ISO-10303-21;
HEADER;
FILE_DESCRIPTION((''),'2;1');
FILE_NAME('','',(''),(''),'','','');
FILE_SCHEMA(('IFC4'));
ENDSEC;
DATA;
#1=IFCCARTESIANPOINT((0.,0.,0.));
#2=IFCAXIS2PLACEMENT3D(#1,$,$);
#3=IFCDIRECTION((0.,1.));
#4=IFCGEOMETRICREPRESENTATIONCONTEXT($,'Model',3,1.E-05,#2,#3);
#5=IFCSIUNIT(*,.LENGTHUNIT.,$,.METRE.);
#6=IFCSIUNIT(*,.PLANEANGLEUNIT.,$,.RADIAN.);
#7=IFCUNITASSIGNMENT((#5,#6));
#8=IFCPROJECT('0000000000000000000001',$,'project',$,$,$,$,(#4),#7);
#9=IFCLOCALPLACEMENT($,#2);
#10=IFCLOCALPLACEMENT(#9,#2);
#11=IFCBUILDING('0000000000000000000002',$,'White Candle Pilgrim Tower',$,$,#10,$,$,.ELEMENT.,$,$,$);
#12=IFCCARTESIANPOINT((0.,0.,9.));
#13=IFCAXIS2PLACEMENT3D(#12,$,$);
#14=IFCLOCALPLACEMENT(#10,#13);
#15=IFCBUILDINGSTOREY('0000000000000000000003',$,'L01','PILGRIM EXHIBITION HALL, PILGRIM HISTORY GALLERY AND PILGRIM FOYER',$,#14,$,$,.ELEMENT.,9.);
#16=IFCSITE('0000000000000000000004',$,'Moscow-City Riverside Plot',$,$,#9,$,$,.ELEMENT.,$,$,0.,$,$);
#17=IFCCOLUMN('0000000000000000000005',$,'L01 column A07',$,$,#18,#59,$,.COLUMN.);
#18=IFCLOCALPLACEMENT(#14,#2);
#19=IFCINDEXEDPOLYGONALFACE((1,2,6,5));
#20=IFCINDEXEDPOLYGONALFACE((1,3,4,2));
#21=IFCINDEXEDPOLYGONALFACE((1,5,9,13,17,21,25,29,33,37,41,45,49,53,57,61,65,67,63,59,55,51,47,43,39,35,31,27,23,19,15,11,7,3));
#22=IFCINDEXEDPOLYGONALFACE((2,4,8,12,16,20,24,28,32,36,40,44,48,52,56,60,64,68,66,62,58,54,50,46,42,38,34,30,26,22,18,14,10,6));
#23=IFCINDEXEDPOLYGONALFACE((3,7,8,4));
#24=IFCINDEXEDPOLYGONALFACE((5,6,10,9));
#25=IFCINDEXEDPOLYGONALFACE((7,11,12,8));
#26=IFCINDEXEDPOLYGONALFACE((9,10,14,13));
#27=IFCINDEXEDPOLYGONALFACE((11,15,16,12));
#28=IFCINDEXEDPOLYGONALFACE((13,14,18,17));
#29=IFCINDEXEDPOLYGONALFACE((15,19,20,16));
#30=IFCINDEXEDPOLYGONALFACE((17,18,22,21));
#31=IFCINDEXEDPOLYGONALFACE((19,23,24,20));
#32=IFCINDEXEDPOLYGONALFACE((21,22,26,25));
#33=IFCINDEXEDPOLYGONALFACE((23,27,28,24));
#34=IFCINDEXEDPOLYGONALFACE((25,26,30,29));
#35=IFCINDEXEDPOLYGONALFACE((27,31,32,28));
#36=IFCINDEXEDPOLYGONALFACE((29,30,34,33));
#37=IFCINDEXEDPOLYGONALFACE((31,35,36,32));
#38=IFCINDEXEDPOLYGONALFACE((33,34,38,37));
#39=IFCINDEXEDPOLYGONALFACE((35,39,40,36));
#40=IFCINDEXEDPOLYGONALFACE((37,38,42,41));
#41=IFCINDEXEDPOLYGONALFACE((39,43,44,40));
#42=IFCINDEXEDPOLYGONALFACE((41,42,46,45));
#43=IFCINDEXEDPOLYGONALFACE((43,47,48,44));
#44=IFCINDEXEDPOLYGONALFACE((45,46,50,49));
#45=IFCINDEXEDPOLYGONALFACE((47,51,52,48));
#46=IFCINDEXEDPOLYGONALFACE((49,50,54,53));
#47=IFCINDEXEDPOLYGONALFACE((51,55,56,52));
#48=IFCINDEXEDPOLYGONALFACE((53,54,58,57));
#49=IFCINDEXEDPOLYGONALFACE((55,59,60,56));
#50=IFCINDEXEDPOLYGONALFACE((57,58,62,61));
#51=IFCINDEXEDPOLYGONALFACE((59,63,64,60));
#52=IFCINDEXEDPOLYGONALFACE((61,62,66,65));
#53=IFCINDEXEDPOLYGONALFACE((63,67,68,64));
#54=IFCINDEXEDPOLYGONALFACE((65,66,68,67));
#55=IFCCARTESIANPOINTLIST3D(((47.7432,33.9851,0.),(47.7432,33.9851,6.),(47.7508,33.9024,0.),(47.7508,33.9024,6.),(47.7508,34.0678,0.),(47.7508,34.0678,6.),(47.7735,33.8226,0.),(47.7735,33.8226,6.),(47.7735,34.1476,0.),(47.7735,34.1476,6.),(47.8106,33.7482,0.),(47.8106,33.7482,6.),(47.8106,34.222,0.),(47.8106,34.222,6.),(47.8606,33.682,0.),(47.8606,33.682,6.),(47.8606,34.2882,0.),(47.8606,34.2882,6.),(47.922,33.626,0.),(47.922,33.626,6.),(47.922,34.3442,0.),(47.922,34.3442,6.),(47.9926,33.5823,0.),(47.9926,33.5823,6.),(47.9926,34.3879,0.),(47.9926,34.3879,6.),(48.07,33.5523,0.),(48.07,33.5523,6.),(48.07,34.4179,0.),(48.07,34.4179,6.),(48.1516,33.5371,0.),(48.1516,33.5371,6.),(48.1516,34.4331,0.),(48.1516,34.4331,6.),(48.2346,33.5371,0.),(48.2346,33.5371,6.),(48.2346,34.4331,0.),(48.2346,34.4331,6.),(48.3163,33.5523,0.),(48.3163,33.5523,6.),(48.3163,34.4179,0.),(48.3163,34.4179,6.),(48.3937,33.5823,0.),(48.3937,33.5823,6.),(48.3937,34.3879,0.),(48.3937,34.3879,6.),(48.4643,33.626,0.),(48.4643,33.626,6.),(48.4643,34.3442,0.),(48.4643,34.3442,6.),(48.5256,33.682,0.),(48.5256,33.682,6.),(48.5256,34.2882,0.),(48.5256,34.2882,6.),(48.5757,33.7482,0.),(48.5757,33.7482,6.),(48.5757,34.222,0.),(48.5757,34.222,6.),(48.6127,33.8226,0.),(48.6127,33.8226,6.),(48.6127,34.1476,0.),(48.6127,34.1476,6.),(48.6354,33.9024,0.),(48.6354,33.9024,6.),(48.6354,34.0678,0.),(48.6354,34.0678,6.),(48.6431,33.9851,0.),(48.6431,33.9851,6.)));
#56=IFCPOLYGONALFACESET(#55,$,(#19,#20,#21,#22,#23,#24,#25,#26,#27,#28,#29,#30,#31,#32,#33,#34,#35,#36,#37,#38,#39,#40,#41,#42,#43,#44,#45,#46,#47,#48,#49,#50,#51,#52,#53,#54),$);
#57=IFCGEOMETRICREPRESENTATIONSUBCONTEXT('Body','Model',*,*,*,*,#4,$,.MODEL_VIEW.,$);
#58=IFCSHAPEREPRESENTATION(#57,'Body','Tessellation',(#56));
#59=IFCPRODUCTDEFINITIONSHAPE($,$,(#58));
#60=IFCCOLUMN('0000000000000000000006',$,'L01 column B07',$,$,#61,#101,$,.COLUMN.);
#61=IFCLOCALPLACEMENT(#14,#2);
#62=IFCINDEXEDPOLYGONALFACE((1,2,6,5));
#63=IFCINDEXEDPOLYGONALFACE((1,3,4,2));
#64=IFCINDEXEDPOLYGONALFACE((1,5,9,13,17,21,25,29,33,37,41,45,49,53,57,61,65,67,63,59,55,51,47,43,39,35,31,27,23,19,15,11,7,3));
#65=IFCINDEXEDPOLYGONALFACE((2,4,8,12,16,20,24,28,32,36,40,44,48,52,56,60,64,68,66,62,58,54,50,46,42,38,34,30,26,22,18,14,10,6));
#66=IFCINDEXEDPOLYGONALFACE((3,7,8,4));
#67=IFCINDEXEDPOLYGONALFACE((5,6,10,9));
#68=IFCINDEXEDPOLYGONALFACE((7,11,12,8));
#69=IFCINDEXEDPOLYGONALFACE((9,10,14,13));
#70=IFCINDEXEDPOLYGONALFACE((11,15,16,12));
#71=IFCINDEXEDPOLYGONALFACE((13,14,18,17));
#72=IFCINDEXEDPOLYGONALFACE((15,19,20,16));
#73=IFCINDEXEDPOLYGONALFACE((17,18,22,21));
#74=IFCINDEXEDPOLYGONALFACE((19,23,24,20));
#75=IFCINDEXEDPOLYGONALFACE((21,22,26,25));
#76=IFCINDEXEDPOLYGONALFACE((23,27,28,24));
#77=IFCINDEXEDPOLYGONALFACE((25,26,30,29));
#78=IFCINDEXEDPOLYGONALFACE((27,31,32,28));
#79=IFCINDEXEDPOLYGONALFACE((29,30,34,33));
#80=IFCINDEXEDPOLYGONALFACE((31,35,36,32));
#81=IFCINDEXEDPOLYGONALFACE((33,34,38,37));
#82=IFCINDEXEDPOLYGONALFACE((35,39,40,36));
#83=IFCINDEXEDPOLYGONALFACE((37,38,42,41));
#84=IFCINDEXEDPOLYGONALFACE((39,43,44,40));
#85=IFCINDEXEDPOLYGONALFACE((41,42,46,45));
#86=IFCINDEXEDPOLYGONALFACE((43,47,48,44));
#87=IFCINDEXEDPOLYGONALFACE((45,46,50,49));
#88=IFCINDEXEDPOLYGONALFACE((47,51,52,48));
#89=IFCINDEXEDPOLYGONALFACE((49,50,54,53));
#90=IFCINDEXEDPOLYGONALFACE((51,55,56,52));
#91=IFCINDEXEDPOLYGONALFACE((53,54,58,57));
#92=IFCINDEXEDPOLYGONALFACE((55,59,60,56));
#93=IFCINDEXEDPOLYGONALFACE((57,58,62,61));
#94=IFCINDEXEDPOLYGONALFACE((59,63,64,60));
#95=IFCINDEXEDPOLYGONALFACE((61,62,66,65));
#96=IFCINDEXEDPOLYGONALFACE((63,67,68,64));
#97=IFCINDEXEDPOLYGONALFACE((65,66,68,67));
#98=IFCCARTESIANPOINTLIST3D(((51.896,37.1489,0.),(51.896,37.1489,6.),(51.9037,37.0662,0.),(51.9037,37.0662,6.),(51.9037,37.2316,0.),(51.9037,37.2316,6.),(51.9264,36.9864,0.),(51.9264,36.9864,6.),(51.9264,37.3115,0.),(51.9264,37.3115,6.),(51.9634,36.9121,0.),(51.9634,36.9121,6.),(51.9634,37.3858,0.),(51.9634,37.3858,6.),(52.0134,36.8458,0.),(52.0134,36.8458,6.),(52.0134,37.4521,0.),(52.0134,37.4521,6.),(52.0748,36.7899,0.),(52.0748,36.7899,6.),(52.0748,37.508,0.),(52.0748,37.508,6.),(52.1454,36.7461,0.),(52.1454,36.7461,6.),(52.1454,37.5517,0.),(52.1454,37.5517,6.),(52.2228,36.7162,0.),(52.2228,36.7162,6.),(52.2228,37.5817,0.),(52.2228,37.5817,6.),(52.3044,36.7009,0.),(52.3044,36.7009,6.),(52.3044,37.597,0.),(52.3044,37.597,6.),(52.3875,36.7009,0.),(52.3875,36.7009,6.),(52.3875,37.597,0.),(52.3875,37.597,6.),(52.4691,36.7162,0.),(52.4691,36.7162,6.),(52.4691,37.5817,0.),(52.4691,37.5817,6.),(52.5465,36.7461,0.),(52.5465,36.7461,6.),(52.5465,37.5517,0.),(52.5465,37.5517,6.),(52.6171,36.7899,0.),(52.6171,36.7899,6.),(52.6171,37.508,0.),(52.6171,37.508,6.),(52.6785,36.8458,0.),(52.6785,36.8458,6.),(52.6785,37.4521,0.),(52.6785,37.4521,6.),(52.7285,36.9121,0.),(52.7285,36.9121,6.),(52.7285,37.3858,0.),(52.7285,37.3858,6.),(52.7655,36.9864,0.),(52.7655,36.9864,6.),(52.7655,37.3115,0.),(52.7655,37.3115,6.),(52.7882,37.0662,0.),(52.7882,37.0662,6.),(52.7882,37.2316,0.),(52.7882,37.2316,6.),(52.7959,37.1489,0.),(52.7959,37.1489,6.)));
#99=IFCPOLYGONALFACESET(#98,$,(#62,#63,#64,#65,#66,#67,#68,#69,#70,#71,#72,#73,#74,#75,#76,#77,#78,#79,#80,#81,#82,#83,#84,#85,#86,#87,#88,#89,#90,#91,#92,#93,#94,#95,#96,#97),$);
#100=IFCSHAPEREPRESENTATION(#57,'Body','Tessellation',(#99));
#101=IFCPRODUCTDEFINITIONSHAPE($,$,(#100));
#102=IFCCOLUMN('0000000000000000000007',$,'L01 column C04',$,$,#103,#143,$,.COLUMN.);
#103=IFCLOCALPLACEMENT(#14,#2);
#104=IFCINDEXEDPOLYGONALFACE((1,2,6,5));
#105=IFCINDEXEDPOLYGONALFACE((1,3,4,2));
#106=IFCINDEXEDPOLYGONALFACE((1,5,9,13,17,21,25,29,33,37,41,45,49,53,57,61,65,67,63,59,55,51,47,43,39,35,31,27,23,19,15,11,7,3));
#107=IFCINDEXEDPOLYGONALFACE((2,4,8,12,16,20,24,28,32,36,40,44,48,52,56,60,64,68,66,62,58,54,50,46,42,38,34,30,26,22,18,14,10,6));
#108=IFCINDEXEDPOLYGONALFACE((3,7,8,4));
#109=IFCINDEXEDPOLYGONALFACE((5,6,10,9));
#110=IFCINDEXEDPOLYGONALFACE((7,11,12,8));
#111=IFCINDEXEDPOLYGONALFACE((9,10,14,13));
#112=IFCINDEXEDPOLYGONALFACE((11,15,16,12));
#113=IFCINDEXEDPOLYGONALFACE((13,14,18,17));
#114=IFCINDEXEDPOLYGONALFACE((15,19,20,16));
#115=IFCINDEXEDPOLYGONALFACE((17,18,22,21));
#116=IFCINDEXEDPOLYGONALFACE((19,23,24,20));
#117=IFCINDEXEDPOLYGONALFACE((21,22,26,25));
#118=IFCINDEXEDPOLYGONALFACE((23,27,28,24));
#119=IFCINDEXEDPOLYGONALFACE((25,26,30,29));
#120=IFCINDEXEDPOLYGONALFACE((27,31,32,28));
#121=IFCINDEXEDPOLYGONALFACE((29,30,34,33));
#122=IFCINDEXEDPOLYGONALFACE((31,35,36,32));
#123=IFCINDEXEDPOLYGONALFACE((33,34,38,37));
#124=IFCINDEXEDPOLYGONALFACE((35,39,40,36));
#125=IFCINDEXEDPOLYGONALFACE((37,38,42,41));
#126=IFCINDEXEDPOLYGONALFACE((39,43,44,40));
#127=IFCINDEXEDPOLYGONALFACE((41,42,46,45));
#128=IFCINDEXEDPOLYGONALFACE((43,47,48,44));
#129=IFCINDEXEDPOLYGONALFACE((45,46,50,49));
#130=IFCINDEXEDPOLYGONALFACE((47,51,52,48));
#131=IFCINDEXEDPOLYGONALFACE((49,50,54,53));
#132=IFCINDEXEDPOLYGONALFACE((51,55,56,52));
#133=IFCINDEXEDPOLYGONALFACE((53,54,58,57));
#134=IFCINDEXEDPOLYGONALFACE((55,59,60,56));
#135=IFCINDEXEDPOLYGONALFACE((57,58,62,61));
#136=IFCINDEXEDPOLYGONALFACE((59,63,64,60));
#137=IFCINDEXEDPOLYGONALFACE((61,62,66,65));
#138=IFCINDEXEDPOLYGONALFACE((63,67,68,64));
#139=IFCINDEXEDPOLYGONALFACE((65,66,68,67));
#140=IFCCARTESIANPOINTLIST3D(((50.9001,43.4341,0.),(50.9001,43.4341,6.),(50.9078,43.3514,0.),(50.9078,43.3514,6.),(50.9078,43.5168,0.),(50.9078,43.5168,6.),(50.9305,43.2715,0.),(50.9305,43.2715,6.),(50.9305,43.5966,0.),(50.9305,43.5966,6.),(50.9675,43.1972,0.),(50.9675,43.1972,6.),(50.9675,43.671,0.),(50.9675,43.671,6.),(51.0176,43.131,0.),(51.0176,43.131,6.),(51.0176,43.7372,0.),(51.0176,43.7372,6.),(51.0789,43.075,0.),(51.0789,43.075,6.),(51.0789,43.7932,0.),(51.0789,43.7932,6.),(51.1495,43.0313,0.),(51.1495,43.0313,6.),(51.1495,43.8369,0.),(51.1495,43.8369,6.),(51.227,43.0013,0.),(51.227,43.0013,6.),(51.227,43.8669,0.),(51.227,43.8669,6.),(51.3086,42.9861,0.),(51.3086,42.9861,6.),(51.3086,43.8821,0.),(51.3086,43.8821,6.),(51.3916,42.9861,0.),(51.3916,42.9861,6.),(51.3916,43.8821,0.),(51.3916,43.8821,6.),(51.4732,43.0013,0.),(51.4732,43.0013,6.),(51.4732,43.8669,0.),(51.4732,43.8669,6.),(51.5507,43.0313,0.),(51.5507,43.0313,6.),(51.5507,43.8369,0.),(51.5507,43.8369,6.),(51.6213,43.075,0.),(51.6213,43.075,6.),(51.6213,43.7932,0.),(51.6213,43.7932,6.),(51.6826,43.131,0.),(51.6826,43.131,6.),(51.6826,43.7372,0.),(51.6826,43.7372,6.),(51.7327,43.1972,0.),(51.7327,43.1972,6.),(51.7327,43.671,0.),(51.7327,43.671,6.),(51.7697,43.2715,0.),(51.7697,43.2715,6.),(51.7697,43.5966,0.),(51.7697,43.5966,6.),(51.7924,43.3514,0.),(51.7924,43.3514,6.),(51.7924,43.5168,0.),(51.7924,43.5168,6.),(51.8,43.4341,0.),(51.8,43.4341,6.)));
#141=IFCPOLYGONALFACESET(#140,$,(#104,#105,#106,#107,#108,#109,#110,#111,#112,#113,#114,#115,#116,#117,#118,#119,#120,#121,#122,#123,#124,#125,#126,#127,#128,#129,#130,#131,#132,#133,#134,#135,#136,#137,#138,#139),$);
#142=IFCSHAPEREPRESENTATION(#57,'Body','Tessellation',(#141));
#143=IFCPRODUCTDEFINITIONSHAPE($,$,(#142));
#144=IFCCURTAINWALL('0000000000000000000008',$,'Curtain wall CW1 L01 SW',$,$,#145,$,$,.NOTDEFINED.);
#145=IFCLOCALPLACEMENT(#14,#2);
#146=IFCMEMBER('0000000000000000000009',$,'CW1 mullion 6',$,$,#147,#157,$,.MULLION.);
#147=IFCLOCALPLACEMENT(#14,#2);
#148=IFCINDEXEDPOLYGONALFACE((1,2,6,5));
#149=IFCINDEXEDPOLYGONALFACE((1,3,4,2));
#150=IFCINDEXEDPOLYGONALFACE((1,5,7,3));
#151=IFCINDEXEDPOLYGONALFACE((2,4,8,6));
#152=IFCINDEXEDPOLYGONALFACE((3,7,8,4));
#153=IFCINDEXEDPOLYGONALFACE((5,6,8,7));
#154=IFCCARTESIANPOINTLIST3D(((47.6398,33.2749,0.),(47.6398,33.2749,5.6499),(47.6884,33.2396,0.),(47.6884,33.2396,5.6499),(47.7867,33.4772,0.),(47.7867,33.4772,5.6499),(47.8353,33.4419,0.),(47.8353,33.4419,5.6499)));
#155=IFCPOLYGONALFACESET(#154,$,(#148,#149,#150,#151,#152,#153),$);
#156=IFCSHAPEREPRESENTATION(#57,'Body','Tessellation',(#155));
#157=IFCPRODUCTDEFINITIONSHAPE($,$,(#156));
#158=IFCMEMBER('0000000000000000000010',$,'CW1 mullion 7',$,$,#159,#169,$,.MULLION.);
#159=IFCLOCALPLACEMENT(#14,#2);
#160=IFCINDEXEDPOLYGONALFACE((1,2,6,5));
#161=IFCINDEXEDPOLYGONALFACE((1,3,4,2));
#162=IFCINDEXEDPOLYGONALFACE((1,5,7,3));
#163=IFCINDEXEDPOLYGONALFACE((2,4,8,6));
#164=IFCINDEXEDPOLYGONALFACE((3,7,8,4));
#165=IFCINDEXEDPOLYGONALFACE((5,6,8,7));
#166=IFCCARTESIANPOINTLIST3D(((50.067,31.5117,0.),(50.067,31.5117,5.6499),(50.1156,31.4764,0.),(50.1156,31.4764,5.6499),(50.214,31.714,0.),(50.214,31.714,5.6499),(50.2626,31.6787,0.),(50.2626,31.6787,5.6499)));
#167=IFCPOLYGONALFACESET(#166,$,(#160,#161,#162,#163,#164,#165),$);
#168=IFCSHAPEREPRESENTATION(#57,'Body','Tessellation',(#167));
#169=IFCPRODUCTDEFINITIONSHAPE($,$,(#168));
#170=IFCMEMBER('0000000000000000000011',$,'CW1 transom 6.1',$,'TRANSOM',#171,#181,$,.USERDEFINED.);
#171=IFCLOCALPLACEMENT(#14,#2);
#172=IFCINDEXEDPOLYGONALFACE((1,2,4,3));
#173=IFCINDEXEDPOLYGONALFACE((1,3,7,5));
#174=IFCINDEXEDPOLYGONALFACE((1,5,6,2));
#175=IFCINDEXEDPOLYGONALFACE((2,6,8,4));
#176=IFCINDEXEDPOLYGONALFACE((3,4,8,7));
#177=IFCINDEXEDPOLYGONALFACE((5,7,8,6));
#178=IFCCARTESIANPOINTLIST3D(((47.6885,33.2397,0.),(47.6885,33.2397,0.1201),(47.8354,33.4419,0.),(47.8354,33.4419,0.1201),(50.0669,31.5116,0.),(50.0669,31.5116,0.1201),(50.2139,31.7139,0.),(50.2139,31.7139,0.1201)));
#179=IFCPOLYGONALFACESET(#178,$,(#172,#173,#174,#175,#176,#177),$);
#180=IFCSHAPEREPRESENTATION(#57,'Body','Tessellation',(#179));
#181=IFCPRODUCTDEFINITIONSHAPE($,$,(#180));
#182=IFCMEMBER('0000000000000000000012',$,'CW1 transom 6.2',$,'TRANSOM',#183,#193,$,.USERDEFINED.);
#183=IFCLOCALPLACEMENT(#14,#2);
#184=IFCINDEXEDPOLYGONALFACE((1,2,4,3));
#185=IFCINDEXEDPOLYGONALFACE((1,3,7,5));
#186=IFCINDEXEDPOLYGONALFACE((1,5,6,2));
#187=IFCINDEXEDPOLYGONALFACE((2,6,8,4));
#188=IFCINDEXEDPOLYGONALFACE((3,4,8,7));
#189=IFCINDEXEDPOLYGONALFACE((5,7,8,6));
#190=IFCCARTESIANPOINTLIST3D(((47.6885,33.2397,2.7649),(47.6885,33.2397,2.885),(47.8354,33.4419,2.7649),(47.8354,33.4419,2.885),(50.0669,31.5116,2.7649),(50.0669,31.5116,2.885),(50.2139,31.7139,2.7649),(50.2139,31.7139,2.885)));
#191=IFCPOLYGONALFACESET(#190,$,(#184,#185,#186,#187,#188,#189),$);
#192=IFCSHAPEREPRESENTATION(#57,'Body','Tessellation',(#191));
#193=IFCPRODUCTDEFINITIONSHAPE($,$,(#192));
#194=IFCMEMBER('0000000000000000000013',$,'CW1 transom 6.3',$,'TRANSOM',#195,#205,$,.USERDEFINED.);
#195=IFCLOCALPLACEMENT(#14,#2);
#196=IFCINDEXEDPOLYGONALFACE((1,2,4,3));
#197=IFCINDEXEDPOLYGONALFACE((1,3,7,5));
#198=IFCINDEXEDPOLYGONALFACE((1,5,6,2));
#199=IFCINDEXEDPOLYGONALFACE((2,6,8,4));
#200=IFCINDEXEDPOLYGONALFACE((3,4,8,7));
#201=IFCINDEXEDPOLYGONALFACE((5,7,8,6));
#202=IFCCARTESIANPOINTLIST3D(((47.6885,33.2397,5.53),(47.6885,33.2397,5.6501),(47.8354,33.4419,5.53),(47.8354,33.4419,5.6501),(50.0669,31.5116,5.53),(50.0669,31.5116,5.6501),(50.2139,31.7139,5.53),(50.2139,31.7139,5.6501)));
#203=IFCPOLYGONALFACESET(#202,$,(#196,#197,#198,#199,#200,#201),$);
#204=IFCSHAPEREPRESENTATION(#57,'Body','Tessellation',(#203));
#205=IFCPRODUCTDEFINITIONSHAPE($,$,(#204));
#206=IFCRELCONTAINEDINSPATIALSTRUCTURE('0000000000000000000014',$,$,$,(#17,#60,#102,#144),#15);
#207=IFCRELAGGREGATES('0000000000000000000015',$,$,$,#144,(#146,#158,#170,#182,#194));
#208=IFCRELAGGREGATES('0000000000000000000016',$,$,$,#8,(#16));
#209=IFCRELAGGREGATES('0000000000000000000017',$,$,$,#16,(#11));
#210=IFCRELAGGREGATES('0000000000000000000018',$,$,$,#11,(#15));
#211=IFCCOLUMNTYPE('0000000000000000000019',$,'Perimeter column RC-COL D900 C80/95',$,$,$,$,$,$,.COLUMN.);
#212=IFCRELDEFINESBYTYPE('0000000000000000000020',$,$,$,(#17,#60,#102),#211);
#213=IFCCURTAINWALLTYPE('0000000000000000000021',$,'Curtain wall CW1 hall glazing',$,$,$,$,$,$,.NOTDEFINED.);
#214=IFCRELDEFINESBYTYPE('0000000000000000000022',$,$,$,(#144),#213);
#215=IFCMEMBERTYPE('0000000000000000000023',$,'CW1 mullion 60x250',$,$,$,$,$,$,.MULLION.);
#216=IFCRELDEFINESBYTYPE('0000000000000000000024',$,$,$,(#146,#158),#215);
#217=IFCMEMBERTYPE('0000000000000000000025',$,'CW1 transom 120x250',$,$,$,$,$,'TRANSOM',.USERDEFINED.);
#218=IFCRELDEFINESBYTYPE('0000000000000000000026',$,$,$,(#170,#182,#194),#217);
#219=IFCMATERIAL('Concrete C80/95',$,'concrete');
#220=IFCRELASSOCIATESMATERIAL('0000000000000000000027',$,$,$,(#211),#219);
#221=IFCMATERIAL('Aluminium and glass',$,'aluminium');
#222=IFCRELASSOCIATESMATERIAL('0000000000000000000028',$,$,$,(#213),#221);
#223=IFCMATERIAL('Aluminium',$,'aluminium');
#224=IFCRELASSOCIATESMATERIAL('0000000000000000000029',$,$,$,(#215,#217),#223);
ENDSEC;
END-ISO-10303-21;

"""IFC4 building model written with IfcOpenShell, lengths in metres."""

from ifc_helpers import new_model, si_unit, direction, frame, origin, origin_2d, place, context, subcontext, project, spatial, rectangle, circle, extrude, material, material_profile, profile_set, type_object, element, aggregate, save


model = new_model("IFC4")

# Units and contexts
model_context = context("Model", 3, precision=1e-05, world=origin(), true_north=direction((0.0, 1.0)))
body_context = subcontext(model_context, "Body", "Model", "MODEL_VIEW")
ifc_project = project(units=[si_unit("LENGTHUNIT", "METRE"), si_unit("PLANEANGLEUNIT", "RADIAN")], contexts=[model_context])

# Site, building, storey
site_placement = place(None, origin())
site = spatial("IfcSite", under=ifc_project, at=site_placement, Name="Moscow-City Riverside Plot", CompositionType="ELEMENT", RefElevation=0.0)
building_placement = place(site_placement, origin())
building = spatial("IfcBuilding", under=site, at=building_placement, Name="White Candle Pilgrim Tower", CompositionType="ELEMENT")
storey_placement = place(building_placement, frame((0.0, 0.0, 9.0)))
storey = spatial("IfcBuildingStorey", under=building, at=storey_placement, Name="L01", Description="PILGRIM EXHIBITION HALL, PILGRIM HISTORY GALLERY AND PILGRIM FOYER", CompositionType="ELEMENT", Elevation=9.0)

# Columns
ifc_material_1 = material(Name="Concrete C80/95", Category="concrete")
ifc_material_profile_1 = material_profile(ifc_material_1, circle(Radius=0.45, at=origin_2d()), Name="RC-COL D900")
ifc_profile_set_1 = profile_set([ifc_material_profile_1], Name="Concrete C80/95")
column_type = type_object("IfcColumnType", Name="Perimeter column RC-COL D900 C80/95", PredefinedType="COLUMN", material=ifc_profile_set_1)
for number, where, z_axis, x_axis, name in (
    (1, (48.1931, 33.9851, 0.0), (0.0, 0.0, 1.0), (1.0, 0.0, 0.0), "L01 column A07"),
    (2, (52.3459, 37.1489, 0.0), (0.0, 0.0, 1.0), (1.0, 0.0, 0.0), "L01 column B07"),
    (3, (51.3501, 43.4341, 0.0), (0.0, 0.0, 1.0), (1.0, 0.0, 0.0), "L01 column C04"),
):
    element("IfcColumn", number, at=place(storey_placement, frame(where, z_axis=z_axis, x_axis=x_axis)), inside=storey, type_object=column_type, Name=name, PredefinedType="COLUMN", context=body_context, shape_type="SweptSolid", body=[
        extrude(circle(Radius=0.45, at=origin_2d()), origin(), (0.0, 0.0, 1.0), 6.0),
    ])

# Curtain wall, members
ifc_material_2 = material(Name="Aluminium and glass", Category="aluminium")
curtain_wall_type = type_object("IfcCurtainWallType", Name="Curtain wall CW1 hall glazing", PredefinedType="NOTDEFINED", material=ifc_material_2)
curtain_wall_placement = place(storey_placement, origin())
curtain_wall = element("IfcCurtainWall", 4, at=curtain_wall_placement, inside=storey, type_object=curtain_wall_type, Name="Curtain wall CW1 L01 SW", PredefinedType="NOTDEFINED")
ifc_material_3 = material(Name="Aluminium", Category="aluminium")
ifc_material_profile_2 = material_profile(ifc_material_3, rectangle(XDim=0.25, YDim=0.0601, at=origin_2d()), Name="CW1 mullion 60x250")
ifc_profile_set_2 = profile_set([ifc_material_profile_2], Name="Aluminium")
member_type_1 = type_object("IfcMemberType", Name="CW1 mullion 60x250", PredefinedType="MULLION", material=ifc_profile_set_2)
member_1_placement = place(storey_placement, frame((47.7375, 33.3584, 0.0), z_axis=(0.0, 0.0, 1.0), x_axis=(0.587785, 0.809017, 0.0)))
member_1 = element("IfcMember", 5, at=member_1_placement, type_object=member_type_1, Name="CW1 mullion 6", PredefinedType="MULLION", context=body_context, shape_type="SweptSolid", body=[
    extrude(rectangle(XDim=0.25, YDim=0.0601, at=origin_2d()), origin(), (0.0, 0.0, 1.0), 5.6499),
])
member_2_placement = place(storey_placement, frame((50.1648, 31.5952, 0.0), z_axis=(0.0, 0.0, 1.0), x_axis=(0.587785, 0.809017, 0.0)))
member_2 = element("IfcMember", 6, at=member_2_placement, type_object=member_type_1, Name="CW1 mullion 7", PredefinedType="MULLION", context=body_context, shape_type="SweptSolid", body=[
    extrude(rectangle(XDim=0.25, YDim=0.0601, at=origin_2d()), origin(), (0.0, 0.0, 1.0), 5.6499),
])
ifc_material_profile_3 = material_profile(ifc_material_3, rectangle(XDim=0.25, YDim=0.1201, at=origin_2d()), Name="CW1 transom 120x250")
ifc_profile_set_3 = profile_set([ifc_material_profile_3], Name="Aluminium")
member_type_2 = type_object("IfcMemberType", Name="CW1 transom 120x250", ElementType="TRANSOM", PredefinedType="USERDEFINED", material=ifc_profile_set_3)
member_3_placement = place(storey_placement, frame((47.762, 33.3408, 0.0601), z_axis=(0.809016, -0.587786, 0.0), x_axis=(0.587786, 0.809016, 0.0)))
member_3 = element("IfcMember", 7, at=member_3_placement, type_object=member_type_2, Name="CW1 transom 6.1", ObjectType="TRANSOM", PredefinedType="USERDEFINED", context=body_context, shape_type="SweptSolid", body=[
    extrude(rectangle(XDim=0.25, YDim=0.1201, at=origin_2d()), origin(), (0.0, 0.0, 1.0), 2.9399),
])
member_4_placement = place(storey_placement, frame((47.762, 33.3408, 2.825), z_axis=(0.809016, -0.587786, 0.0), x_axis=(0.587786, 0.809016, 0.0)))
member_4 = element("IfcMember", 8, at=member_4_placement, type_object=member_type_2, Name="CW1 transom 6.2", ObjectType="TRANSOM", PredefinedType="USERDEFINED", context=body_context, shape_type="SweptSolid", body=[
    extrude(rectangle(XDim=0.25, YDim=0.1201, at=origin_2d()), origin(), (0.0, 0.0, 1.0), 2.9399),
])
member_5_placement = place(storey_placement, frame((47.762, 33.3408, 5.5901), z_axis=(0.809016, -0.587786, 0.0), x_axis=(0.587786, 0.809016, 0.0)))
member_5 = element("IfcMember", 9, at=member_5_placement, type_object=member_type_2, Name="CW1 transom 6.3", ObjectType="TRANSOM", PredefinedType="USERDEFINED", context=body_context, shape_type="SweptSolid", body=[
    extrude(rectangle(XDim=0.25, YDim=0.1201, at=origin_2d()), origin(), (0.0, 0.0, 1.0), 2.9399),
])

aggregate(curtain_wall, [member_1, member_2, member_3, member_4, member_5])

save(model, "model.ifc")
